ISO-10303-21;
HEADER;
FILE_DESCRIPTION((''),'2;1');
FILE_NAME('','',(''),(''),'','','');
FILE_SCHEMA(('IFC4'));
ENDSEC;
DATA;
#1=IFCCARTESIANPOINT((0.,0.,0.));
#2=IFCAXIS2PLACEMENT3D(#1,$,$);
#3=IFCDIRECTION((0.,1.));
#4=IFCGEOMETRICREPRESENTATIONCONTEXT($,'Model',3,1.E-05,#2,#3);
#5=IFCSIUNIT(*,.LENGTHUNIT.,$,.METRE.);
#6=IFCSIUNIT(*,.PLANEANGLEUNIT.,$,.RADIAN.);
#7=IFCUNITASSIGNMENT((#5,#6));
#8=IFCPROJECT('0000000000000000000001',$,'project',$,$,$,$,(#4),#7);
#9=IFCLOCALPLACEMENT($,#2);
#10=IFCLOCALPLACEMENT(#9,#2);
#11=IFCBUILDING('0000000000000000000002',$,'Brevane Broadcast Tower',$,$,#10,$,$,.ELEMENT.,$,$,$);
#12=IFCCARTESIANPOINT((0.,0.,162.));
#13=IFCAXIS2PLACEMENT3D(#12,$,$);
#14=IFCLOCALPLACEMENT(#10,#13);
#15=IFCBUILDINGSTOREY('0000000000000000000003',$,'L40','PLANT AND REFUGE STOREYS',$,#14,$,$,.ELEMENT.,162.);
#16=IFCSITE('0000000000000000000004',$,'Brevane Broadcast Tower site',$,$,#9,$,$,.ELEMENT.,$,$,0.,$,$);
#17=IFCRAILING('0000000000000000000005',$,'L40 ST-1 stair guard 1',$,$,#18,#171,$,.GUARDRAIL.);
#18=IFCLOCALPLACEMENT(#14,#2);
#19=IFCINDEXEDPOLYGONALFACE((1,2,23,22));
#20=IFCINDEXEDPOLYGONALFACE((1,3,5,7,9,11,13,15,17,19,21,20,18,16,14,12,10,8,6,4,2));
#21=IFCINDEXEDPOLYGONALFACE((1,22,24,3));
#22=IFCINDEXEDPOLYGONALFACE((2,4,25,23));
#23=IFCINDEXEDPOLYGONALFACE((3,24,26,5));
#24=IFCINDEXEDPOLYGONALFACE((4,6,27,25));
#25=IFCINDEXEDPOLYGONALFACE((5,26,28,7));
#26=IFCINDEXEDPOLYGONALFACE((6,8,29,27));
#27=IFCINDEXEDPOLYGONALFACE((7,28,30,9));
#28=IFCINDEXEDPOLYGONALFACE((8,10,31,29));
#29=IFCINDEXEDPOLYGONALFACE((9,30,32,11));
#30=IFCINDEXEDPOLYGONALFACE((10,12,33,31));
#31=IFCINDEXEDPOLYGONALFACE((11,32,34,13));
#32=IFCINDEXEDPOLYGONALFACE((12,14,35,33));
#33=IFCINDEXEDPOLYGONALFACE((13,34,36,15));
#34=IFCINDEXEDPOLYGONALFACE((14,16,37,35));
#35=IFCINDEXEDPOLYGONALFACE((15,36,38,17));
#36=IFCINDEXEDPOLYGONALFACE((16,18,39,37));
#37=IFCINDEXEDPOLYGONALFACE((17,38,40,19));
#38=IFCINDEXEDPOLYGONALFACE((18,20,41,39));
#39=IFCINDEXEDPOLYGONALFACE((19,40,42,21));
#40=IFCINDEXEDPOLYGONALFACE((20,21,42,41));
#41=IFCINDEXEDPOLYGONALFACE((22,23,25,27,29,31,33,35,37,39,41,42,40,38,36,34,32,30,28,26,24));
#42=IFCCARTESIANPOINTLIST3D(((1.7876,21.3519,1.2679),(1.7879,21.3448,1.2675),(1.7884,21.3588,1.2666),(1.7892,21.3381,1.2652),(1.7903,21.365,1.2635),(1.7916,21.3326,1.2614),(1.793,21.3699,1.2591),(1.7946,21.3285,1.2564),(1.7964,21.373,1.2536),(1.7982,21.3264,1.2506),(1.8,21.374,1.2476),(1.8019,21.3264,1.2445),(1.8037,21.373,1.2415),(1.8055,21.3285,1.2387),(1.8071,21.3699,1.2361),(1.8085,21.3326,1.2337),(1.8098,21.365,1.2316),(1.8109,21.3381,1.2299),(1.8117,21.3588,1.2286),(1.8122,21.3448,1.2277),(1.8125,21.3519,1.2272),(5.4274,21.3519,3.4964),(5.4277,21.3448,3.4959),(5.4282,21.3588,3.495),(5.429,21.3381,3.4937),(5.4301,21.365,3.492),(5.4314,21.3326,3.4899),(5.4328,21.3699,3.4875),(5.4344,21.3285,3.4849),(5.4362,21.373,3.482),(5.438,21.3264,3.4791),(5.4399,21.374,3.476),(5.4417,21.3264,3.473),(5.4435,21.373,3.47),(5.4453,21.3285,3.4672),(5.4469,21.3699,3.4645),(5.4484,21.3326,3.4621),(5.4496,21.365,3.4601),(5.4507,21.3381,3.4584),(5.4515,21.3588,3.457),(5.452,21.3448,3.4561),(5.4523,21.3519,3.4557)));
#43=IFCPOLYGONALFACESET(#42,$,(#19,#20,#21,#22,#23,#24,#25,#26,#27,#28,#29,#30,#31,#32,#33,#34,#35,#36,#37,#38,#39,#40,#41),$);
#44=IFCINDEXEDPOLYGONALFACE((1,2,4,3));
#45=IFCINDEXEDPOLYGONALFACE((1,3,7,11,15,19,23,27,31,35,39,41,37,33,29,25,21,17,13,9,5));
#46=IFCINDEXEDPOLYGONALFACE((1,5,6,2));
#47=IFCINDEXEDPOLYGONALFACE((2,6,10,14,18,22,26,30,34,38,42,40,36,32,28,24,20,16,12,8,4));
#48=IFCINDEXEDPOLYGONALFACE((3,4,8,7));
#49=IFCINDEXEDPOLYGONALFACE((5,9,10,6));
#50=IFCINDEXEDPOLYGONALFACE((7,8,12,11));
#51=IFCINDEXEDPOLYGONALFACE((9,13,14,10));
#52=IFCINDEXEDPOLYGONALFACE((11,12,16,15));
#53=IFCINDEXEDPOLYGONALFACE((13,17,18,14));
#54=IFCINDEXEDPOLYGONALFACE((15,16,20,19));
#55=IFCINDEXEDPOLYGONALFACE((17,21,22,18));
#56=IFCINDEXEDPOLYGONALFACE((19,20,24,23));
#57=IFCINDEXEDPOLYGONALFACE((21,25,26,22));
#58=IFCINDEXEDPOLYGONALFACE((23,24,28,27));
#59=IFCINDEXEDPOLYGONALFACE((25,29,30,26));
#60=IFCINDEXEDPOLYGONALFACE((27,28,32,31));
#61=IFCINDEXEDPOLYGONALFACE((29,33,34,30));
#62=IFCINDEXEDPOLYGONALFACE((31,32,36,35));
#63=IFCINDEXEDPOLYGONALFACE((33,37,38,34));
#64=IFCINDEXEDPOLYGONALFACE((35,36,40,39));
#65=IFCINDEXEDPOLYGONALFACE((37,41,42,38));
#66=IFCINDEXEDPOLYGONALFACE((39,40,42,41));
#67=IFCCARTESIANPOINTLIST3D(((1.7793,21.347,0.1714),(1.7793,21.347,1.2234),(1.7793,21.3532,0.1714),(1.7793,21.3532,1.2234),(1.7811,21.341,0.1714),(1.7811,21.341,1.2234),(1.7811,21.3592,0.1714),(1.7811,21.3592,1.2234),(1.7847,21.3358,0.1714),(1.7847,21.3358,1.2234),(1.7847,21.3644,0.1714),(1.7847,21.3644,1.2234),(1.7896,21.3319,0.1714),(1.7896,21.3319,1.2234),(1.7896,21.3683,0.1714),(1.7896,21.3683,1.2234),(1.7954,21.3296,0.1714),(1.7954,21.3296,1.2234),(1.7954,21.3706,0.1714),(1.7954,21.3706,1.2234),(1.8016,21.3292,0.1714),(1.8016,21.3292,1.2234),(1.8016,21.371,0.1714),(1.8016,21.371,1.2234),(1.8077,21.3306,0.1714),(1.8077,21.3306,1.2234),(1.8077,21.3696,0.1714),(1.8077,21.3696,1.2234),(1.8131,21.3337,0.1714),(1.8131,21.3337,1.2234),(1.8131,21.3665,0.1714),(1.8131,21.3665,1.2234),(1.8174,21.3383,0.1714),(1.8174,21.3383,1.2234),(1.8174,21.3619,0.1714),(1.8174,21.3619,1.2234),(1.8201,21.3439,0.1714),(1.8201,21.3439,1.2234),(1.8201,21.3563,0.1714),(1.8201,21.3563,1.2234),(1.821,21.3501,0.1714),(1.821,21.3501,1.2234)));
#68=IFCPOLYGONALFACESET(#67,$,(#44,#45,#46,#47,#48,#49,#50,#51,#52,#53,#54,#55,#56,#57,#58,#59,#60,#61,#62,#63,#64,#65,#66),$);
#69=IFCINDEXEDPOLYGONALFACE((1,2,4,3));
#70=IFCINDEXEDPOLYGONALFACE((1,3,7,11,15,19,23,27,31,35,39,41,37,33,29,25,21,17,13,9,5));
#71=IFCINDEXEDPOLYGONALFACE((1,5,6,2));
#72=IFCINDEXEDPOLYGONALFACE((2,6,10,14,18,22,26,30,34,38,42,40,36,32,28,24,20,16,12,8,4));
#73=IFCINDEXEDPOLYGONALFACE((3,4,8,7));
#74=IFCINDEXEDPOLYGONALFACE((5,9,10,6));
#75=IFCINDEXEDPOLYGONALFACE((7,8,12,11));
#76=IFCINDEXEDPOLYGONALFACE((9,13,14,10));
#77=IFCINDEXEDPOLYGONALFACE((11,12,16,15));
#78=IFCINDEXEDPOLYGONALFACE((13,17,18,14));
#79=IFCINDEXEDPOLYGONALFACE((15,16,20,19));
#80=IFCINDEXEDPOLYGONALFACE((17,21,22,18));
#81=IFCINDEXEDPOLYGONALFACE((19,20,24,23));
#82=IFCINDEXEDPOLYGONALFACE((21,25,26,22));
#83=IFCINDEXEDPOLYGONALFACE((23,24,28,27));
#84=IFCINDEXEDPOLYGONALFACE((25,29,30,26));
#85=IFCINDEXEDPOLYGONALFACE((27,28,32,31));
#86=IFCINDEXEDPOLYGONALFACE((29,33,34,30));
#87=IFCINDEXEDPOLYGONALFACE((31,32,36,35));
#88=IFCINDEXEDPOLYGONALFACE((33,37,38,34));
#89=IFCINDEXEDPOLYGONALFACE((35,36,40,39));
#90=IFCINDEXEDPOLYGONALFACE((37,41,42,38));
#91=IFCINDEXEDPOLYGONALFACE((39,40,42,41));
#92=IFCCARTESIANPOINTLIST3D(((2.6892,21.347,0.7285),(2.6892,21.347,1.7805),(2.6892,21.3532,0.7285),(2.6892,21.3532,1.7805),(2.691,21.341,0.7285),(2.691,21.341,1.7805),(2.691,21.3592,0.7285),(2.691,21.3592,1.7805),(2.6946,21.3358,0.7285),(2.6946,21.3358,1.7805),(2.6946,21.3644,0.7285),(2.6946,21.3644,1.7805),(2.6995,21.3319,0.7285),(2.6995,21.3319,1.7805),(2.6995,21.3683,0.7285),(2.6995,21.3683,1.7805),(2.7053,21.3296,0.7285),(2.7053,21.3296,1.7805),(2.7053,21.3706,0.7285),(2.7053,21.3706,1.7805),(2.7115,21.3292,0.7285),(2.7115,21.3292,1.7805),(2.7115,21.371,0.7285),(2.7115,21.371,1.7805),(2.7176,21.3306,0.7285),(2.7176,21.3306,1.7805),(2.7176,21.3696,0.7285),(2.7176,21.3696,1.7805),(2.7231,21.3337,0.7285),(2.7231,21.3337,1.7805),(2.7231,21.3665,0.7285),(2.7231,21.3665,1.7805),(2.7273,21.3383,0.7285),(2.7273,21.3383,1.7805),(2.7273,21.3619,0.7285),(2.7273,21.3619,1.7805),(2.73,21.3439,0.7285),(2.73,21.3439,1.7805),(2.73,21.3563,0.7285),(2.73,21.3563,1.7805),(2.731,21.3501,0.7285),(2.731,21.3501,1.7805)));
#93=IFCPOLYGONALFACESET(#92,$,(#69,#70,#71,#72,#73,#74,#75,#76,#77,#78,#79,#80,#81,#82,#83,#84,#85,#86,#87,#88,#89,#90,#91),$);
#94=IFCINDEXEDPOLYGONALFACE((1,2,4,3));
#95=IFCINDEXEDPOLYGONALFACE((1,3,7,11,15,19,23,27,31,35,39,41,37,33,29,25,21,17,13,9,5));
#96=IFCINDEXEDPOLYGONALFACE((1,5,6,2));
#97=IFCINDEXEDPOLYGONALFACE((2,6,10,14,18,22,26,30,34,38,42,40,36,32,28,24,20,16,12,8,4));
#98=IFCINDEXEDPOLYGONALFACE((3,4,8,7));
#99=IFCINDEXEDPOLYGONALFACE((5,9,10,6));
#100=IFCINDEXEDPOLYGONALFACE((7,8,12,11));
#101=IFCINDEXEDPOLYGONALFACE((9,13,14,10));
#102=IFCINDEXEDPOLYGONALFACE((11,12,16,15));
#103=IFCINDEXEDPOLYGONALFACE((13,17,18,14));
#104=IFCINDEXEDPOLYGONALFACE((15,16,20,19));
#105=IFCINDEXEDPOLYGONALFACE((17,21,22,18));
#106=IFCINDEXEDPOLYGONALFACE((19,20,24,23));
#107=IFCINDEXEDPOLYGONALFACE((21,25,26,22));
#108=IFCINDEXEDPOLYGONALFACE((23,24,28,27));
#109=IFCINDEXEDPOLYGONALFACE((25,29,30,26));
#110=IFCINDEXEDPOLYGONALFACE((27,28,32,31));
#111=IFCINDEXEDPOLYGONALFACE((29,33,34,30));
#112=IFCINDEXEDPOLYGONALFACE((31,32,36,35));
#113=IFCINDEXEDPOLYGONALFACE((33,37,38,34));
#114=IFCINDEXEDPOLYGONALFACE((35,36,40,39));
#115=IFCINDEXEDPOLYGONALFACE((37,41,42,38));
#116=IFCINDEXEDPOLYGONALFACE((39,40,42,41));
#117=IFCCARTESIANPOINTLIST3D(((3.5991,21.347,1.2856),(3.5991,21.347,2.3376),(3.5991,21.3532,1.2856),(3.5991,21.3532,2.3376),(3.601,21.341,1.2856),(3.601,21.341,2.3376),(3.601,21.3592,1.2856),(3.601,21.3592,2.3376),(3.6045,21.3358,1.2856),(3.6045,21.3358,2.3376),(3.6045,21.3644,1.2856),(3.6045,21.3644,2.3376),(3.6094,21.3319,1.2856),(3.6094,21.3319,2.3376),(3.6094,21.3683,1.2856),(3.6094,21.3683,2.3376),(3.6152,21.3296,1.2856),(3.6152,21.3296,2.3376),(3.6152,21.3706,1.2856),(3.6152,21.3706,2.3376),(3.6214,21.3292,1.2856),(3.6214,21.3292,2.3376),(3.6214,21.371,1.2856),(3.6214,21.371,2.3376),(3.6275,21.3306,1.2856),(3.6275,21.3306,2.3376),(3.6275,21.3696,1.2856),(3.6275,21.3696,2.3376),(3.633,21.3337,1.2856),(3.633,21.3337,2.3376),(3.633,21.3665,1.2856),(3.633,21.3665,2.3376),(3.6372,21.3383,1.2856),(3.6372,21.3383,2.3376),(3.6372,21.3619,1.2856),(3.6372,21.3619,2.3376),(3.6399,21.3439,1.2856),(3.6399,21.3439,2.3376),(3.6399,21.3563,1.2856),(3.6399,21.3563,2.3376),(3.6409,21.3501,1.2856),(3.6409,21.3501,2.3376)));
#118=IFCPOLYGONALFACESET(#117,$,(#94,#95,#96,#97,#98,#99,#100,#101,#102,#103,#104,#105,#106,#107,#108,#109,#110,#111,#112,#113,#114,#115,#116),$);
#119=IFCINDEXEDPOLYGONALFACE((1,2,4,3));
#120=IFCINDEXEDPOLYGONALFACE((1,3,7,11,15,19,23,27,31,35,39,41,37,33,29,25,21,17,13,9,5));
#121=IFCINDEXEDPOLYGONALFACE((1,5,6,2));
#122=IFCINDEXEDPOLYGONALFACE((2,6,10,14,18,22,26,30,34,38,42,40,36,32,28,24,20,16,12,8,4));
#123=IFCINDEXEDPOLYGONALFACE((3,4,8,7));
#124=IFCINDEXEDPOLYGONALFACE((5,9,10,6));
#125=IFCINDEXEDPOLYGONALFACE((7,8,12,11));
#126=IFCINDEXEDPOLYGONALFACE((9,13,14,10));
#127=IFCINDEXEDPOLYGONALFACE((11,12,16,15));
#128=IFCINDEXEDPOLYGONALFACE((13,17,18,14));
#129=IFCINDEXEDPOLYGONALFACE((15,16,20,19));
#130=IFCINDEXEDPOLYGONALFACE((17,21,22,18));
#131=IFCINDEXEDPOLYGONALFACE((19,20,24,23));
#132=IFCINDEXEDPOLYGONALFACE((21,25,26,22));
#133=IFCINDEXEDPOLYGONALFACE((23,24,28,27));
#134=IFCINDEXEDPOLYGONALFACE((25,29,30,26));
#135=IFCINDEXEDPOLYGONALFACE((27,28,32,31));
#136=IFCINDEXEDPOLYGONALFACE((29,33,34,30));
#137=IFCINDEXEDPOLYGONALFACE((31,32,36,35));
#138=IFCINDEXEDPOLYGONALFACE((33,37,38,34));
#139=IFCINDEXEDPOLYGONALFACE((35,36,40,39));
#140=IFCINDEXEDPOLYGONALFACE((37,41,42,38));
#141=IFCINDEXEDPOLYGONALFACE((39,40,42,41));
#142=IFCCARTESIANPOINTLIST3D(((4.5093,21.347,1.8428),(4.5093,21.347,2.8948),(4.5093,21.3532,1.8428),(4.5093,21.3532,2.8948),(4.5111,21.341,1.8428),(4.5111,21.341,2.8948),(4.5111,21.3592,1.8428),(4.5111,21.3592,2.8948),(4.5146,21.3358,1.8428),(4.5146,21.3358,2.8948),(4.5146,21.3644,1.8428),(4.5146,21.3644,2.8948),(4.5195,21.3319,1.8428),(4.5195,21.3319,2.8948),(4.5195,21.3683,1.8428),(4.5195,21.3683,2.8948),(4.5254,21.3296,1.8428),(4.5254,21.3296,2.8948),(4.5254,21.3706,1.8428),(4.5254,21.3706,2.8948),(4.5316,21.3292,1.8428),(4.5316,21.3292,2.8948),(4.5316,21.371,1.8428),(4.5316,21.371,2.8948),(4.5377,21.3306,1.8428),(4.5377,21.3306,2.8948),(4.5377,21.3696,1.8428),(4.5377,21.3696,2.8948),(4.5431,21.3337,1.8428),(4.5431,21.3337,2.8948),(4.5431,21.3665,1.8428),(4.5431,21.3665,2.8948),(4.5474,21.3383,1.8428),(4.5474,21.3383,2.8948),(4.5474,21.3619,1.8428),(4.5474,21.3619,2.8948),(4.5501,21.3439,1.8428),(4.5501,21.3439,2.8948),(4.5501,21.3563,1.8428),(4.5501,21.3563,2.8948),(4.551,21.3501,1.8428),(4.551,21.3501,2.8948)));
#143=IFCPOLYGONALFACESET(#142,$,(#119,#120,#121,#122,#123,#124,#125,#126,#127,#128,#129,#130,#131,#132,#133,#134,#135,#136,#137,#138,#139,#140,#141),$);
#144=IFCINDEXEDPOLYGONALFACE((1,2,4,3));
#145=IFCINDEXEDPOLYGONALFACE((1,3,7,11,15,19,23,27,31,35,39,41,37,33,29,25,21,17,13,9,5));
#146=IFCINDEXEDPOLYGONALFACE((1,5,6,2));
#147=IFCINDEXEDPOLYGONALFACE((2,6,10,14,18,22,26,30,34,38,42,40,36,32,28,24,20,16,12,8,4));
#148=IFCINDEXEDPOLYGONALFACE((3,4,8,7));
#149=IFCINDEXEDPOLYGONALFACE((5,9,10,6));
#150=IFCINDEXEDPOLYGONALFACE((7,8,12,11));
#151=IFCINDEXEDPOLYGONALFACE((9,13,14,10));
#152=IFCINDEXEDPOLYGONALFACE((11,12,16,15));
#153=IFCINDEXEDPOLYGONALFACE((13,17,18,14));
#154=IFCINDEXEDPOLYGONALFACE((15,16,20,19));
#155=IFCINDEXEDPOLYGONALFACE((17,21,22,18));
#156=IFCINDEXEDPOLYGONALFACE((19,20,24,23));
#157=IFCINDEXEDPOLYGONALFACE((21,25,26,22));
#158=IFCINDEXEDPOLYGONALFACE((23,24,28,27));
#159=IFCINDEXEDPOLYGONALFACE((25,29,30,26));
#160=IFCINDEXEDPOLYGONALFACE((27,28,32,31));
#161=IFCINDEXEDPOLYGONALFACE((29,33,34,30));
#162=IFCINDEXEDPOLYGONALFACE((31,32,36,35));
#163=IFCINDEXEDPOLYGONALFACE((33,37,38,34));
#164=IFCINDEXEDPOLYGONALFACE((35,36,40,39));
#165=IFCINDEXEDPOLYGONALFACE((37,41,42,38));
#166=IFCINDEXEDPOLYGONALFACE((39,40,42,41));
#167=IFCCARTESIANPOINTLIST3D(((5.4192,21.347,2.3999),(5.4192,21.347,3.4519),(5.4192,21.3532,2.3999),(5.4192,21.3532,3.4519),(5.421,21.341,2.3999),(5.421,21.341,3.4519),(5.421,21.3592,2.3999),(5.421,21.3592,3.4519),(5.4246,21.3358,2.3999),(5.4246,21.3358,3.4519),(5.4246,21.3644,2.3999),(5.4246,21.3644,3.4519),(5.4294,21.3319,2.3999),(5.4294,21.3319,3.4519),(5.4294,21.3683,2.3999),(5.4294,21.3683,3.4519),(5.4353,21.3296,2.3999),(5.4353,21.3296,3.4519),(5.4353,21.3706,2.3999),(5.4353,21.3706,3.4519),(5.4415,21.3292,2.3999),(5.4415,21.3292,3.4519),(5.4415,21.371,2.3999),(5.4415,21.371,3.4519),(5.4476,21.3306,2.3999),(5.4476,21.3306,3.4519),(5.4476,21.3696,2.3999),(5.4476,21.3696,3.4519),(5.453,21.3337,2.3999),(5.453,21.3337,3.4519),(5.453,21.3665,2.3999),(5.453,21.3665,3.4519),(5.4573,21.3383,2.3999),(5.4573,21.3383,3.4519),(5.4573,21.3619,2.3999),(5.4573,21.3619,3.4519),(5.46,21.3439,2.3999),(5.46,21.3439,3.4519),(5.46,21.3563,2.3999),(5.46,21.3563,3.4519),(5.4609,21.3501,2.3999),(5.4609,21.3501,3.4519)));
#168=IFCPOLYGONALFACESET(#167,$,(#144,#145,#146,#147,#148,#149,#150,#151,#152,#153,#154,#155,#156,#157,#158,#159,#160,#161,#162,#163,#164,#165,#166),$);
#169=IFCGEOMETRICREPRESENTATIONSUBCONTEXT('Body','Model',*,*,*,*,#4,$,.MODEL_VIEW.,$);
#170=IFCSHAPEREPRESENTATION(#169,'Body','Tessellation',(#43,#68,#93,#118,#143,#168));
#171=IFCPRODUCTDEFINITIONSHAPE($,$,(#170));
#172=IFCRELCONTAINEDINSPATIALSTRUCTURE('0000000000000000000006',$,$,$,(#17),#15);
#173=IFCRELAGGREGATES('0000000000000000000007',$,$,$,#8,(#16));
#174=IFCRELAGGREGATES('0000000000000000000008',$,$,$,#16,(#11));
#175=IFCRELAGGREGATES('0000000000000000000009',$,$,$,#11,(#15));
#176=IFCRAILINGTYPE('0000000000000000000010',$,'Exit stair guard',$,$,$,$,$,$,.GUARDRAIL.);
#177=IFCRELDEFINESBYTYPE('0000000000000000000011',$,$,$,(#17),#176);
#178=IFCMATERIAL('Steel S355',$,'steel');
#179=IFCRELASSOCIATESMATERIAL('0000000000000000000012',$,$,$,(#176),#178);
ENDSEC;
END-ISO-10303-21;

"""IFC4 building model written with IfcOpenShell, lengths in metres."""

from ifc_helpers import new_model, si_unit, direction, frame, origin, origin_2d, place, context, subcontext, project, spatial, circle, extrude, material, type_object, element, save


model = new_model("IFC4")

# Units and contexts
model_context = context("Model", 3, precision=1e-05, world=origin(), true_north=direction((0.0, 1.0)))
body_context = subcontext(model_context, "Body", "Model", "MODEL_VIEW")
ifc_project = project(units=[si_unit("LENGTHUNIT", "METRE"), si_unit("PLANEANGLEUNIT", "RADIAN")], contexts=[model_context])

# Site, building, storey
site_placement = place(None, origin())
site = spatial("IfcSite", under=ifc_project, at=site_placement, Name="Brevane Broadcast Tower site", CompositionType="ELEMENT", RefElevation=0.0)
building_placement = place(site_placement, origin())
building = spatial("IfcBuilding", under=site, at=building_placement, Name="Brevane Broadcast Tower", CompositionType="ELEMENT")
storey_placement = place(building_placement, frame((0.0, 0.0, 162.0)))
storey = spatial("IfcBuildingStorey", under=building, at=storey_placement, Name="L40", Description="PLANT AND REFUGE STOREYS", CompositionType="ELEMENT", Elevation=162.0)

# Shared definitions
ifc_material_1 = material(Name="Steel S355", Category="steel")

# Railing
railing_type_1 = type_object("IfcRailingType", Name="Exit stair guard", PredefinedType="GUARDRAIL", material=ifc_material_1)
railing_1_placement = place(storey_placement, frame((1.8, 21.3501, 0.1714)))
element("IfcRailing", 1, at=railing_1_placement, inside=storey, type_object=railing_type_1, Name="L40 ST-1 stair guard 1", PredefinedType="GUARDRAIL", context=body_context, shape_type="SweptSolid", body=[
    extrude(circle(Radius=0.0239, at=origin_2d()), frame((0.0, 0.0, 1.0762), z_axis=(0.85285, 0.0, 0.522156), x_axis=(0.0, 1.0, 0.0)), (0.0, 0.0, 1.0), 4.2678),
    extrude(circle(Radius=0.021, at=origin_2d()), origin(), (0.0, 0.0, 1.0), 1.052),
    extrude(circle(Radius=0.021, at=origin_2d()), frame((0.9099, 0.0, 0.5571)), (0.0, 0.0, 1.0), 1.052),
    extrude(circle(Radius=0.021, at=origin_2d()), frame((1.8198, 0.0, 1.1143)), (0.0, 0.0, 1.0), 1.052),
    extrude(circle(Radius=0.021, at=origin_2d()), frame((2.73, 0.0, 1.6714)), (0.0, 0.0, 1.0), 1.052),
    extrude(circle(Radius=0.021, at=origin_2d()), frame((3.6399, 0.0, 2.2285)), (0.0, 0.0, 1.0), 1.052),
])

save(model, "model.ifc")
